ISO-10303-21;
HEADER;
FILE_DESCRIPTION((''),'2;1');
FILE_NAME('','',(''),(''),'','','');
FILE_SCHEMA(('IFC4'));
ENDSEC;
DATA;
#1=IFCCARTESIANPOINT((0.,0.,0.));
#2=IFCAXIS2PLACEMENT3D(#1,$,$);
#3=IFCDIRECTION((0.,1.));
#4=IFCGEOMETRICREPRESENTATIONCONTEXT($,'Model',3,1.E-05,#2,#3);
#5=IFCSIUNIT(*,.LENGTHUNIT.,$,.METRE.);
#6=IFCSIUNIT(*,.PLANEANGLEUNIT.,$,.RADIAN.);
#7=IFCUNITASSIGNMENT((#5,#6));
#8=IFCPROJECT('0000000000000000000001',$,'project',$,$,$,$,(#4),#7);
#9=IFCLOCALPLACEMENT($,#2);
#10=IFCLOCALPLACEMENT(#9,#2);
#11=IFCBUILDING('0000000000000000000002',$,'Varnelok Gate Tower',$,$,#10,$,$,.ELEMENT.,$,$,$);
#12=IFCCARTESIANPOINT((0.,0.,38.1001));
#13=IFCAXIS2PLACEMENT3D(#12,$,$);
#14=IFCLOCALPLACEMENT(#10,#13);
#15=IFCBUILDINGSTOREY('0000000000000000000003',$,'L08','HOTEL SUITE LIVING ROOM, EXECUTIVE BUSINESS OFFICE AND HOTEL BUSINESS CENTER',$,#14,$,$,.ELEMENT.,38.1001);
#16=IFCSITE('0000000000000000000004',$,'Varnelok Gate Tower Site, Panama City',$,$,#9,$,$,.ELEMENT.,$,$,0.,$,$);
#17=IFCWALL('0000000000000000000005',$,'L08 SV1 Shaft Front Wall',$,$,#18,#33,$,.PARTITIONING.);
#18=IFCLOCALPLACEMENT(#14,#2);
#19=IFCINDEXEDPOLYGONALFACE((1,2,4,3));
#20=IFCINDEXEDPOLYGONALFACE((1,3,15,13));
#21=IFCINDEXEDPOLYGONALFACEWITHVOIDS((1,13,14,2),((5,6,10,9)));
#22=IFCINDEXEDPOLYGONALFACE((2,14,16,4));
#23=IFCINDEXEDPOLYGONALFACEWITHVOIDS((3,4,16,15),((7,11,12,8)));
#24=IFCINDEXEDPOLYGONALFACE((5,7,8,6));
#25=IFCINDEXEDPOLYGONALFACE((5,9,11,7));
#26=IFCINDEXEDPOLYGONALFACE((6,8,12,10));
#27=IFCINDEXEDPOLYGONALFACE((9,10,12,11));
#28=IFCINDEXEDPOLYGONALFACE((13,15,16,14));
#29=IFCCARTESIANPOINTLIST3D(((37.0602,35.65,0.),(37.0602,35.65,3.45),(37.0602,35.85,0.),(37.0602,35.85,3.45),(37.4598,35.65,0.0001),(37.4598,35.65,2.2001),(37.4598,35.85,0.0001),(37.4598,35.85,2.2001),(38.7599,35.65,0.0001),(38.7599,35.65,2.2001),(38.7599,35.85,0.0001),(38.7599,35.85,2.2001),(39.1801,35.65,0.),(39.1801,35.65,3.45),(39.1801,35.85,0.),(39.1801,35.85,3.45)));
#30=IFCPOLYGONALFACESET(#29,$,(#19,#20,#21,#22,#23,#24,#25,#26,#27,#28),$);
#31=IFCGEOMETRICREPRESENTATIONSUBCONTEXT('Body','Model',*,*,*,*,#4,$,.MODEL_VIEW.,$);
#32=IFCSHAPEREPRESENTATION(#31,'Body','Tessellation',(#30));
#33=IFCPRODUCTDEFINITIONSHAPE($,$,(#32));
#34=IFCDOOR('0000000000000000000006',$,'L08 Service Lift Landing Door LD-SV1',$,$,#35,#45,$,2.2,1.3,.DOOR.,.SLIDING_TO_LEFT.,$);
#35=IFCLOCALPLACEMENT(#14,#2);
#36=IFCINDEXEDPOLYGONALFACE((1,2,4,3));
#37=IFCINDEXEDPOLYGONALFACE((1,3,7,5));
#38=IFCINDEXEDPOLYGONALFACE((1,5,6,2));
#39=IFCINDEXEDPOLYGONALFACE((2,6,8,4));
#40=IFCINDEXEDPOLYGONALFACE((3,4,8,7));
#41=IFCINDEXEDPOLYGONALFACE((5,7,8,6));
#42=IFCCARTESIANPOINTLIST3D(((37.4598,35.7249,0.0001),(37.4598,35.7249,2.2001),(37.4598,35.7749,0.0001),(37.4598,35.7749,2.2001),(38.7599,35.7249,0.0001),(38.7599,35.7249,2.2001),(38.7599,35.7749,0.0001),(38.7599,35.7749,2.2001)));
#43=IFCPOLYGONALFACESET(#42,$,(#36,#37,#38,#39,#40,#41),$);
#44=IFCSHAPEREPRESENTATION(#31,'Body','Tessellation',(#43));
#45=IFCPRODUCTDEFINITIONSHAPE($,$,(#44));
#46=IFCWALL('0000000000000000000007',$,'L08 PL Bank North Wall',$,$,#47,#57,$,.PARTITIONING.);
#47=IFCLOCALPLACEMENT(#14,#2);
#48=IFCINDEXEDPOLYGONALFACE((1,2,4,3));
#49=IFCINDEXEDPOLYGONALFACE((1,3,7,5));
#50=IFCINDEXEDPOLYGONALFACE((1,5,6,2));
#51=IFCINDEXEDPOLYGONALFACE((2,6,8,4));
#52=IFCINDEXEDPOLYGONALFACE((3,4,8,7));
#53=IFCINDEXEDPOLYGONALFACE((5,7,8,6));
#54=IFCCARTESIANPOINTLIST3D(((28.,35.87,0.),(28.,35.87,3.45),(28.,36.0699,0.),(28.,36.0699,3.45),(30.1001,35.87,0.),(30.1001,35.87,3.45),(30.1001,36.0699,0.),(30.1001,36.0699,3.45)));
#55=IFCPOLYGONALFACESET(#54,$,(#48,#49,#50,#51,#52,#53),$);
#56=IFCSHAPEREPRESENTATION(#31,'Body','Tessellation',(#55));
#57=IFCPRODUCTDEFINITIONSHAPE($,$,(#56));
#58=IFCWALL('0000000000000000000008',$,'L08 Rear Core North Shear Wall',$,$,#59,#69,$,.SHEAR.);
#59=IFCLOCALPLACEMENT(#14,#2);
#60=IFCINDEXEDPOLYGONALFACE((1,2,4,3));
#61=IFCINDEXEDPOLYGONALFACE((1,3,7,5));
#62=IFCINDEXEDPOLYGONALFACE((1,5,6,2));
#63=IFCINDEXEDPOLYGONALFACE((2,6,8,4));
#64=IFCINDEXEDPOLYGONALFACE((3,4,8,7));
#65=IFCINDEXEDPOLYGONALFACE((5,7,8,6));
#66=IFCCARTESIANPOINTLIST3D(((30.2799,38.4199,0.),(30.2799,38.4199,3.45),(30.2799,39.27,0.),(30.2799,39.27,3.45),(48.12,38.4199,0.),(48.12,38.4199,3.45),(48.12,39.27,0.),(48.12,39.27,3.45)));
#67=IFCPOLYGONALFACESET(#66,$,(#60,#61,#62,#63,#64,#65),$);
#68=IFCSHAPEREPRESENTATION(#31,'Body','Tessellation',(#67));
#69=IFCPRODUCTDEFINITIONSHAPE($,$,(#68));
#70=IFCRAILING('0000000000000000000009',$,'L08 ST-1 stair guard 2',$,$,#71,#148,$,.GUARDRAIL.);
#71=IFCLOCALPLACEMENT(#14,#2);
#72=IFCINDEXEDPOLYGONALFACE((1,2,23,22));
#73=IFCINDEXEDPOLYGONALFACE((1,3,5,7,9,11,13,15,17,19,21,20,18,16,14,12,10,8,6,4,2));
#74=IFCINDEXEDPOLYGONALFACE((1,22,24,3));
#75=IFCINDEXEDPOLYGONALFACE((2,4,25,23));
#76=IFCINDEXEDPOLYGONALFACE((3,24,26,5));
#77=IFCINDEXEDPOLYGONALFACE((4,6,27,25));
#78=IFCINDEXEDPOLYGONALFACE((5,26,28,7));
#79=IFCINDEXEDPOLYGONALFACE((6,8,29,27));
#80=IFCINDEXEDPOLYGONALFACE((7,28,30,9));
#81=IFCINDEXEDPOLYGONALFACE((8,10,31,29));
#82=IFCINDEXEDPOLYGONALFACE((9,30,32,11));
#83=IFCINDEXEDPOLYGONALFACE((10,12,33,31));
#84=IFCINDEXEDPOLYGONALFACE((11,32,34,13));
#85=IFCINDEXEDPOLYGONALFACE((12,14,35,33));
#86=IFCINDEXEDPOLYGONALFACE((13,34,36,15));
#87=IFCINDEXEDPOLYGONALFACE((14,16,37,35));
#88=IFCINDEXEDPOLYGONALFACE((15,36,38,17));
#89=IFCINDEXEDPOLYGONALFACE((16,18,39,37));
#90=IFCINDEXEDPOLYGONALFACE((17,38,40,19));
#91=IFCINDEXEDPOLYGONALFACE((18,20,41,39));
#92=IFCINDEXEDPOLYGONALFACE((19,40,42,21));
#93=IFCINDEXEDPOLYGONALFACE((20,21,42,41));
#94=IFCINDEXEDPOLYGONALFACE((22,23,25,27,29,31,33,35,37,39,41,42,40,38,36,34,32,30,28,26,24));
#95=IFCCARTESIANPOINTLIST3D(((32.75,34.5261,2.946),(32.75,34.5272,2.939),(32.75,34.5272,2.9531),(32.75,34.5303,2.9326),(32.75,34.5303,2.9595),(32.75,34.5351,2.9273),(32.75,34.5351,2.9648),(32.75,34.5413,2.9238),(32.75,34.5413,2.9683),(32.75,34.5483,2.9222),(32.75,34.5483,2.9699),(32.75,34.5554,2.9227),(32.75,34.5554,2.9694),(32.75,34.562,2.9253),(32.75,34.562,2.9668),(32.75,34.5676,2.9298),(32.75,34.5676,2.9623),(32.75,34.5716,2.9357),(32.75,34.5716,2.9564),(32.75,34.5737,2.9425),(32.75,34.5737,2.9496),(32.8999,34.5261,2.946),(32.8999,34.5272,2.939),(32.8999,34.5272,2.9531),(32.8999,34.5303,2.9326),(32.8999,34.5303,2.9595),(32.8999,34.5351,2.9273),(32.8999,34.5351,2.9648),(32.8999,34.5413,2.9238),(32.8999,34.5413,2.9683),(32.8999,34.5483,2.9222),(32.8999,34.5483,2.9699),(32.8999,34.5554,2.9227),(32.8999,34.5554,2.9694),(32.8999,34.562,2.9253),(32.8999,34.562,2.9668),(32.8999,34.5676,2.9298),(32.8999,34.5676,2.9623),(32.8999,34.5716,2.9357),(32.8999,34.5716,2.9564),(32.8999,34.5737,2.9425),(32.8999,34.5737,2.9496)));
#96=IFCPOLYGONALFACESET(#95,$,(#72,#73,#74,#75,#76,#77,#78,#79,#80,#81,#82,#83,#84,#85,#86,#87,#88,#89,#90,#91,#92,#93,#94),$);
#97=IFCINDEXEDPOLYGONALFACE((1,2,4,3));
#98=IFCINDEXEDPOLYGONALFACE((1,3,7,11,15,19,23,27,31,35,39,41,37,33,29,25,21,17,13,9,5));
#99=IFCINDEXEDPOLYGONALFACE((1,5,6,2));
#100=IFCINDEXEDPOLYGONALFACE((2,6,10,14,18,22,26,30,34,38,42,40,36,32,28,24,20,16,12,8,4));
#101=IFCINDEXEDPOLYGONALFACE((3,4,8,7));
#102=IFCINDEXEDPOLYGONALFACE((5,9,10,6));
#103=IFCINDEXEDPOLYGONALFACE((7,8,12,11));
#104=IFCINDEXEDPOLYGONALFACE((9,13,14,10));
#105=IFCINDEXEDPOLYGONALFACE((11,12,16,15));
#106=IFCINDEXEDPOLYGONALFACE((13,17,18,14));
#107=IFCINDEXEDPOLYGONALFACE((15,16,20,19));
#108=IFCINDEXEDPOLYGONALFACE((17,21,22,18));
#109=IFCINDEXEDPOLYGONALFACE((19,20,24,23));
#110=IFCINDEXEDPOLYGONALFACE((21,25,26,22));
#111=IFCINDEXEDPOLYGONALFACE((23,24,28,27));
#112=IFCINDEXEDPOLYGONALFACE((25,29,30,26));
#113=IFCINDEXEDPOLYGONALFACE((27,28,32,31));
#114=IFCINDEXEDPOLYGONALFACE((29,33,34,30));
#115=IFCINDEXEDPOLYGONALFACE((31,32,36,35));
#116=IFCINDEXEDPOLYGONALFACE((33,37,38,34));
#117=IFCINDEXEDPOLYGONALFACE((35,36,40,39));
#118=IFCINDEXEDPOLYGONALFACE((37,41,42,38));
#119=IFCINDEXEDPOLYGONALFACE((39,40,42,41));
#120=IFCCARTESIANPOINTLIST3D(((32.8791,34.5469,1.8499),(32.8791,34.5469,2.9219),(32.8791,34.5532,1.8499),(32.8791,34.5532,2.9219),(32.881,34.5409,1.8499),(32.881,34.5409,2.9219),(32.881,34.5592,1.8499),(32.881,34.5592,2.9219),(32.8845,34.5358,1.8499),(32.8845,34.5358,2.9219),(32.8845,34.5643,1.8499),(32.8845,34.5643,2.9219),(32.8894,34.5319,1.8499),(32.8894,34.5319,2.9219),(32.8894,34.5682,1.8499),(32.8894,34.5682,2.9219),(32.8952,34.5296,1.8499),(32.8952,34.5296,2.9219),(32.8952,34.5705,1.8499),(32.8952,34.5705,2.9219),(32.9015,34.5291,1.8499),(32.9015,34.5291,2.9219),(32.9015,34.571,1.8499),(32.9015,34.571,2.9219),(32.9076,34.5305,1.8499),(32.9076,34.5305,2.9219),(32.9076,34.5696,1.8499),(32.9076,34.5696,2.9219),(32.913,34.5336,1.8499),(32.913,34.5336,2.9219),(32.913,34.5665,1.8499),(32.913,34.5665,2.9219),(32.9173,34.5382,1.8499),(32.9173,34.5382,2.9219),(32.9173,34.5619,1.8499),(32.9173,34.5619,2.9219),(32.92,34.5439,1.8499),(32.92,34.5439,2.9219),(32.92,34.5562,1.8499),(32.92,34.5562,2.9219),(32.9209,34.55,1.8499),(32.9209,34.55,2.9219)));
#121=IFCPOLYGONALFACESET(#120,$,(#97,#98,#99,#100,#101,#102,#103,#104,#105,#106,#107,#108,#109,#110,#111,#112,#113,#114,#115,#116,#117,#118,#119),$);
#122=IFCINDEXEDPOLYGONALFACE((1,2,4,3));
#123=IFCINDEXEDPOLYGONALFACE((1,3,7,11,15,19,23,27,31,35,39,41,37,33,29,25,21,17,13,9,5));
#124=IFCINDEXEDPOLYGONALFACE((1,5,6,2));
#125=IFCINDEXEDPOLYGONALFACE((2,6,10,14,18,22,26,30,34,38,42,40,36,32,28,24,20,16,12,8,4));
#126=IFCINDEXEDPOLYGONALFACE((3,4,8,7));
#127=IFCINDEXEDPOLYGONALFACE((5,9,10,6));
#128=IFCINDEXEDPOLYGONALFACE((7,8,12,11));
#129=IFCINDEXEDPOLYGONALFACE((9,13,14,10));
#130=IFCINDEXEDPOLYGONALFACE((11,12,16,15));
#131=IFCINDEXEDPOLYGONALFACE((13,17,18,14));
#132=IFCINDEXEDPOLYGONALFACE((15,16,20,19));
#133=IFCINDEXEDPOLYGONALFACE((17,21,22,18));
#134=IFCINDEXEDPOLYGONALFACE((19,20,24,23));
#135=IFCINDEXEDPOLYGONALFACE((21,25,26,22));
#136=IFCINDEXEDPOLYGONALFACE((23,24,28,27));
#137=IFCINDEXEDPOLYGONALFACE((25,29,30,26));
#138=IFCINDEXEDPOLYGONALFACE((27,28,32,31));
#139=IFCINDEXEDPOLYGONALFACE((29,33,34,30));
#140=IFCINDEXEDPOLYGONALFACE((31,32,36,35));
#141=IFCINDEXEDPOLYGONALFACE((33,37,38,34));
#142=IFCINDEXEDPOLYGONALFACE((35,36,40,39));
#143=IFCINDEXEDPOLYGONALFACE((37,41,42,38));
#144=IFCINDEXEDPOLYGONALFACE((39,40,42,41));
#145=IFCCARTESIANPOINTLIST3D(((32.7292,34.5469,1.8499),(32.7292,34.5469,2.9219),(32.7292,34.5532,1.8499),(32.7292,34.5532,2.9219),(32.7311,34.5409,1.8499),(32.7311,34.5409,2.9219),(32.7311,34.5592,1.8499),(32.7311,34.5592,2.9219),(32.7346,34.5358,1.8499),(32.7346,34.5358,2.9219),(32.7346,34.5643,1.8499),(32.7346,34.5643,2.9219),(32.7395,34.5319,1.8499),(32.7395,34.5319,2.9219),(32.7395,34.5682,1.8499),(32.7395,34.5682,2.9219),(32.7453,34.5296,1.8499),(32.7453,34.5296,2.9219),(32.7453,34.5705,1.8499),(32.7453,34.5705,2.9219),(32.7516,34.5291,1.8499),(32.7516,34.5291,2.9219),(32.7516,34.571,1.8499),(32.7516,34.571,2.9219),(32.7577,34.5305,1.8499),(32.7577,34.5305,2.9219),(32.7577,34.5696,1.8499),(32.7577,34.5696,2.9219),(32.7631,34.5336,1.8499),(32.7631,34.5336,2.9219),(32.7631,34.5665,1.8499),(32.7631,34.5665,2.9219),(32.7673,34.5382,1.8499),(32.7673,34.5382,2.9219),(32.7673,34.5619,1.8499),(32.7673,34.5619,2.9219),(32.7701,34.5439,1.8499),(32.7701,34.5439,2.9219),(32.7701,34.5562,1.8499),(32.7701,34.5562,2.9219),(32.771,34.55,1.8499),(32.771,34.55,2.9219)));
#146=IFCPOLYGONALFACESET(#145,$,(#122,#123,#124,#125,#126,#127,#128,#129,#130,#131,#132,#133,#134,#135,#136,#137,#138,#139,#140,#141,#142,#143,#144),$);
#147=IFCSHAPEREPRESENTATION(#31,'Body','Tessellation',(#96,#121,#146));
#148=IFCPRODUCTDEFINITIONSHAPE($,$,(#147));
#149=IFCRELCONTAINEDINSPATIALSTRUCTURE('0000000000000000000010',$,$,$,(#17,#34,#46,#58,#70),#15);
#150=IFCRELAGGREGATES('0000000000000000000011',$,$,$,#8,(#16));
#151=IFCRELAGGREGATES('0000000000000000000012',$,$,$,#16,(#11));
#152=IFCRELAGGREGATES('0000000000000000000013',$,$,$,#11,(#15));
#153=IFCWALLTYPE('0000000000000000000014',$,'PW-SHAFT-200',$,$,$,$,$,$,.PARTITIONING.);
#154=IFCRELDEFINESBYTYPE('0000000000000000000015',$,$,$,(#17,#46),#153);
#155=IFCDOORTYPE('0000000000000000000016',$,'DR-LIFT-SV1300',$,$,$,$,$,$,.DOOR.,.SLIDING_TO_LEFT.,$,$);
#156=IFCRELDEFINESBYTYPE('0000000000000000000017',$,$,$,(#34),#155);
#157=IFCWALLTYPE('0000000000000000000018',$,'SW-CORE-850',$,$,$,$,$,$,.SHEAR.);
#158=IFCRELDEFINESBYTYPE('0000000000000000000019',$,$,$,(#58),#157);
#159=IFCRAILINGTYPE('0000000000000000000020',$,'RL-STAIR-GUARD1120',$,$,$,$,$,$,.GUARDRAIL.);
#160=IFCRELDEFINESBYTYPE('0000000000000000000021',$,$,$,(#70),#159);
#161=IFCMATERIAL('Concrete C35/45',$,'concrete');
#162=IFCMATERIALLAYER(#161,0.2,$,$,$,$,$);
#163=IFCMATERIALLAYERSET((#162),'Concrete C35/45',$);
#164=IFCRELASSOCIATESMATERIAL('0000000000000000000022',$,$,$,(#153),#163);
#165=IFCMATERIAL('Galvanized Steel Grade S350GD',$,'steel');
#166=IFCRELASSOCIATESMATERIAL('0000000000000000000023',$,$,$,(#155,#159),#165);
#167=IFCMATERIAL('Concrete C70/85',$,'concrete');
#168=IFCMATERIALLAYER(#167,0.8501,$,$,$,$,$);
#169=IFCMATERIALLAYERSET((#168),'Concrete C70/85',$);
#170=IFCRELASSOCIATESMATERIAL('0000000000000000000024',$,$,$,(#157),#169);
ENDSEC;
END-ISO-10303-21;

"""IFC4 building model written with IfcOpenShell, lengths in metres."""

from ifc_helpers import new_model, si_unit, direction, frame, frame_2d, origin, origin_2d, place, context, subcontext, project, spatial, rectangle, circle, extrude, material, layer, layer_set, type_object, element, fill, save


model = new_model("IFC4")

# Units and contexts
model_context = context("Model", 3, precision=1e-05, world=origin(), true_north=direction((0.0, 1.0)))
body_context = subcontext(model_context, "Body", "Model", "MODEL_VIEW")
ifc_project = project(units=[si_unit("LENGTHUNIT", "METRE"), si_unit("PLANEANGLEUNIT", "RADIAN")], contexts=[model_context])

# Site, building, storey
site_placement = place(None, origin())
site = spatial("IfcSite", under=ifc_project, at=site_placement, Name="Varnelok Gate Tower Site, Panama City", CompositionType="ELEMENT", RefElevation=0.0)
building_placement = place(site_placement, origin())
building = spatial("IfcBuilding", under=site, at=building_placement, Name="Varnelok Gate Tower", CompositionType="ELEMENT")
storey_placement = place(building_placement, frame((0.0, 0.0, 38.1001)))
storey = spatial("IfcBuildingStorey", under=building, at=storey_placement, Name="L08", Description="HOTEL SUITE LIVING ROOM, EXECUTIVE BUSINESS OFFICE AND HOTEL BUSINESS CENTER", CompositionType="ELEMENT", Elevation=38.1001)

# Shared definitions
ifc_material_1 = material(Name="Concrete C70/85", Category="concrete")

# Shared definitions
ifc_material_2 = material(Name="Concrete C35/45", Category="concrete")
ifc_layer_1 = layer(ifc_material_2, 0.2)
ifc_layer_set_1 = layer_set([ifc_layer_1], Name="Concrete C35/45")
wall_type_1 = type_object("IfcWallType", Name="PW-SHAFT-200", PredefinedType="PARTITIONING", material=ifc_layer_set_1)

# Wall, opening, door
wall_1_placement = place(storey_placement, frame((37.0601, 35.75, 0.0), z_axis=(0.0, 0.0, 1.0), x_axis=(1.0, 0.0, 0.0)))
wall_1 = element("IfcWall", 1, at=wall_1_placement, inside=storey, type_object=wall_type_1, Name="L08 SV1 Shaft Front Wall", PredefinedType="PARTITIONING", context=body_context, shape_type="SweptSolid", body=[
    extrude(rectangle(XDim=2.1199, YDim=0.2, at=frame_2d((1.0601, 0.0))), origin(), (0.0, 0.0, 1.0), 3.45),
])
opening_1_placement = place(wall_1_placement, frame((0.3999, 0.0, 0.0)))
opening_1 = element("IfcOpeningElement", 2, at=opening_1_placement, cuts=wall_1, PredefinedType="OPENING", context=body_context, shape_type="SweptSolid", body=[
    extrude(rectangle(XDim=1.3, YDim=2.2, at=frame_2d((0.6499, 1.1001))), frame((0.0, 0.1099, 0.0), z_axis=(0.0, -1.0, 0.0), x_axis=(1.0, 0.0, 0.0)), (0.0, 0.0, 1.0), 0.22),
])
ifc_material_3 = material(Name="Galvanized Steel Grade S350GD", Category="steel")
door_type_1 = type_object("IfcDoorType", Name="DR-LIFT-SV1300", OperationType="SLIDING_TO_LEFT", PredefinedType="DOOR", material=ifc_material_3)
door_1_placement = place(opening_1_placement, origin())
door_1 = element("IfcDoor", 3, at=door_1_placement, inside=storey, type_object=door_type_1, Name="L08 Service Lift Landing Door LD-SV1", OperationType="SLIDING_TO_LEFT", OverallHeight=2.2, OverallWidth=1.3, PredefinedType="DOOR", context=body_context, shape_type="SweptSolid", body=[
    extrude(rectangle(XDim=1.3, YDim=2.2, at=frame_2d((0.6499, 1.1001))), frame((0.0, 0.0249, 0.0), z_axis=(0.0, -1.0, 0.0), x_axis=(1.0, 0.0, 0.0)), (0.0, 0.0, 1.0), 0.05),
])
fill(opening_1, door_1)

# Walls
wall_2_placement = place(storey_placement, frame((28.0, 35.97, 0.0), z_axis=(0.0, 0.0, 1.0), x_axis=(1.0, 0.0, 0.0)))
element("IfcWall", 4, at=wall_2_placement, inside=storey, type_object=wall_type_1, Name="L08 PL Bank North Wall", PredefinedType="PARTITIONING", context=body_context, shape_type="SweptSolid", body=[
    extrude(rectangle(XDim=2.1001, YDim=0.2, at=frame_2d((1.05, 0.0))), origin(), (0.0, 0.0, 1.0), 3.45),
])
ifc_layer_2 = layer(ifc_material_1, 0.8501)
ifc_layer_set_2 = layer_set([ifc_layer_2], Name="Concrete C70/85")
wall_type_2 = type_object("IfcWallType", Name="SW-CORE-850", PredefinedType="SHEAR", material=ifc_layer_set_2)
wall_3_placement = place(storey_placement, frame((30.28, 38.845, 0.0), z_axis=(0.0, 0.0, 1.0), x_axis=(1.0, 0.0, 0.0)))
element("IfcWall", 5, at=wall_3_placement, inside=storey, type_object=wall_type_2, Name="L08 Rear Core North Shear Wall", PredefinedType="SHEAR", context=body_context, shape_type="SweptSolid", body=[
    extrude(rectangle(XDim=17.8401, YDim=0.8501, at=frame_2d((8.9199, 0.0))), origin(), (0.0, 0.0, 1.0), 3.45),
])

# Railing
railing_type = type_object("IfcRailingType", Name="RL-STAIR-GUARD1120", PredefinedType="GUARDRAIL", material=ifc_material_3)
railing_placement = place(storey_placement, frame((32.8999, 34.55, 1.8499)))
element("IfcRailing", 6, at=railing_placement, inside=storey, type_object=railing_type, Name="L08 ST-1 stair guard 2", PredefinedType="GUARDRAIL", context=body_context, shape_type="SweptSolid", body=[
    extrude(circle(Radius=0.0239, at=origin_2d()), frame((0.0, 0.0, 1.0962), z_axis=(-1.0, 0.0, 0.0), x_axis=(0.0, -1.0, 0.0)), (0.0, 0.0, 1.0), 0.1499),
    extrude(circle(Radius=0.021, at=origin_2d()), origin(), (0.0, 0.0, 1.0), 1.072),
    extrude(circle(Radius=0.021, at=origin_2d()), frame((-0.1499, 0.0, 0.0)), (0.0, 0.0, 1.0), 1.072),
])

save(model, "model.ifc")
